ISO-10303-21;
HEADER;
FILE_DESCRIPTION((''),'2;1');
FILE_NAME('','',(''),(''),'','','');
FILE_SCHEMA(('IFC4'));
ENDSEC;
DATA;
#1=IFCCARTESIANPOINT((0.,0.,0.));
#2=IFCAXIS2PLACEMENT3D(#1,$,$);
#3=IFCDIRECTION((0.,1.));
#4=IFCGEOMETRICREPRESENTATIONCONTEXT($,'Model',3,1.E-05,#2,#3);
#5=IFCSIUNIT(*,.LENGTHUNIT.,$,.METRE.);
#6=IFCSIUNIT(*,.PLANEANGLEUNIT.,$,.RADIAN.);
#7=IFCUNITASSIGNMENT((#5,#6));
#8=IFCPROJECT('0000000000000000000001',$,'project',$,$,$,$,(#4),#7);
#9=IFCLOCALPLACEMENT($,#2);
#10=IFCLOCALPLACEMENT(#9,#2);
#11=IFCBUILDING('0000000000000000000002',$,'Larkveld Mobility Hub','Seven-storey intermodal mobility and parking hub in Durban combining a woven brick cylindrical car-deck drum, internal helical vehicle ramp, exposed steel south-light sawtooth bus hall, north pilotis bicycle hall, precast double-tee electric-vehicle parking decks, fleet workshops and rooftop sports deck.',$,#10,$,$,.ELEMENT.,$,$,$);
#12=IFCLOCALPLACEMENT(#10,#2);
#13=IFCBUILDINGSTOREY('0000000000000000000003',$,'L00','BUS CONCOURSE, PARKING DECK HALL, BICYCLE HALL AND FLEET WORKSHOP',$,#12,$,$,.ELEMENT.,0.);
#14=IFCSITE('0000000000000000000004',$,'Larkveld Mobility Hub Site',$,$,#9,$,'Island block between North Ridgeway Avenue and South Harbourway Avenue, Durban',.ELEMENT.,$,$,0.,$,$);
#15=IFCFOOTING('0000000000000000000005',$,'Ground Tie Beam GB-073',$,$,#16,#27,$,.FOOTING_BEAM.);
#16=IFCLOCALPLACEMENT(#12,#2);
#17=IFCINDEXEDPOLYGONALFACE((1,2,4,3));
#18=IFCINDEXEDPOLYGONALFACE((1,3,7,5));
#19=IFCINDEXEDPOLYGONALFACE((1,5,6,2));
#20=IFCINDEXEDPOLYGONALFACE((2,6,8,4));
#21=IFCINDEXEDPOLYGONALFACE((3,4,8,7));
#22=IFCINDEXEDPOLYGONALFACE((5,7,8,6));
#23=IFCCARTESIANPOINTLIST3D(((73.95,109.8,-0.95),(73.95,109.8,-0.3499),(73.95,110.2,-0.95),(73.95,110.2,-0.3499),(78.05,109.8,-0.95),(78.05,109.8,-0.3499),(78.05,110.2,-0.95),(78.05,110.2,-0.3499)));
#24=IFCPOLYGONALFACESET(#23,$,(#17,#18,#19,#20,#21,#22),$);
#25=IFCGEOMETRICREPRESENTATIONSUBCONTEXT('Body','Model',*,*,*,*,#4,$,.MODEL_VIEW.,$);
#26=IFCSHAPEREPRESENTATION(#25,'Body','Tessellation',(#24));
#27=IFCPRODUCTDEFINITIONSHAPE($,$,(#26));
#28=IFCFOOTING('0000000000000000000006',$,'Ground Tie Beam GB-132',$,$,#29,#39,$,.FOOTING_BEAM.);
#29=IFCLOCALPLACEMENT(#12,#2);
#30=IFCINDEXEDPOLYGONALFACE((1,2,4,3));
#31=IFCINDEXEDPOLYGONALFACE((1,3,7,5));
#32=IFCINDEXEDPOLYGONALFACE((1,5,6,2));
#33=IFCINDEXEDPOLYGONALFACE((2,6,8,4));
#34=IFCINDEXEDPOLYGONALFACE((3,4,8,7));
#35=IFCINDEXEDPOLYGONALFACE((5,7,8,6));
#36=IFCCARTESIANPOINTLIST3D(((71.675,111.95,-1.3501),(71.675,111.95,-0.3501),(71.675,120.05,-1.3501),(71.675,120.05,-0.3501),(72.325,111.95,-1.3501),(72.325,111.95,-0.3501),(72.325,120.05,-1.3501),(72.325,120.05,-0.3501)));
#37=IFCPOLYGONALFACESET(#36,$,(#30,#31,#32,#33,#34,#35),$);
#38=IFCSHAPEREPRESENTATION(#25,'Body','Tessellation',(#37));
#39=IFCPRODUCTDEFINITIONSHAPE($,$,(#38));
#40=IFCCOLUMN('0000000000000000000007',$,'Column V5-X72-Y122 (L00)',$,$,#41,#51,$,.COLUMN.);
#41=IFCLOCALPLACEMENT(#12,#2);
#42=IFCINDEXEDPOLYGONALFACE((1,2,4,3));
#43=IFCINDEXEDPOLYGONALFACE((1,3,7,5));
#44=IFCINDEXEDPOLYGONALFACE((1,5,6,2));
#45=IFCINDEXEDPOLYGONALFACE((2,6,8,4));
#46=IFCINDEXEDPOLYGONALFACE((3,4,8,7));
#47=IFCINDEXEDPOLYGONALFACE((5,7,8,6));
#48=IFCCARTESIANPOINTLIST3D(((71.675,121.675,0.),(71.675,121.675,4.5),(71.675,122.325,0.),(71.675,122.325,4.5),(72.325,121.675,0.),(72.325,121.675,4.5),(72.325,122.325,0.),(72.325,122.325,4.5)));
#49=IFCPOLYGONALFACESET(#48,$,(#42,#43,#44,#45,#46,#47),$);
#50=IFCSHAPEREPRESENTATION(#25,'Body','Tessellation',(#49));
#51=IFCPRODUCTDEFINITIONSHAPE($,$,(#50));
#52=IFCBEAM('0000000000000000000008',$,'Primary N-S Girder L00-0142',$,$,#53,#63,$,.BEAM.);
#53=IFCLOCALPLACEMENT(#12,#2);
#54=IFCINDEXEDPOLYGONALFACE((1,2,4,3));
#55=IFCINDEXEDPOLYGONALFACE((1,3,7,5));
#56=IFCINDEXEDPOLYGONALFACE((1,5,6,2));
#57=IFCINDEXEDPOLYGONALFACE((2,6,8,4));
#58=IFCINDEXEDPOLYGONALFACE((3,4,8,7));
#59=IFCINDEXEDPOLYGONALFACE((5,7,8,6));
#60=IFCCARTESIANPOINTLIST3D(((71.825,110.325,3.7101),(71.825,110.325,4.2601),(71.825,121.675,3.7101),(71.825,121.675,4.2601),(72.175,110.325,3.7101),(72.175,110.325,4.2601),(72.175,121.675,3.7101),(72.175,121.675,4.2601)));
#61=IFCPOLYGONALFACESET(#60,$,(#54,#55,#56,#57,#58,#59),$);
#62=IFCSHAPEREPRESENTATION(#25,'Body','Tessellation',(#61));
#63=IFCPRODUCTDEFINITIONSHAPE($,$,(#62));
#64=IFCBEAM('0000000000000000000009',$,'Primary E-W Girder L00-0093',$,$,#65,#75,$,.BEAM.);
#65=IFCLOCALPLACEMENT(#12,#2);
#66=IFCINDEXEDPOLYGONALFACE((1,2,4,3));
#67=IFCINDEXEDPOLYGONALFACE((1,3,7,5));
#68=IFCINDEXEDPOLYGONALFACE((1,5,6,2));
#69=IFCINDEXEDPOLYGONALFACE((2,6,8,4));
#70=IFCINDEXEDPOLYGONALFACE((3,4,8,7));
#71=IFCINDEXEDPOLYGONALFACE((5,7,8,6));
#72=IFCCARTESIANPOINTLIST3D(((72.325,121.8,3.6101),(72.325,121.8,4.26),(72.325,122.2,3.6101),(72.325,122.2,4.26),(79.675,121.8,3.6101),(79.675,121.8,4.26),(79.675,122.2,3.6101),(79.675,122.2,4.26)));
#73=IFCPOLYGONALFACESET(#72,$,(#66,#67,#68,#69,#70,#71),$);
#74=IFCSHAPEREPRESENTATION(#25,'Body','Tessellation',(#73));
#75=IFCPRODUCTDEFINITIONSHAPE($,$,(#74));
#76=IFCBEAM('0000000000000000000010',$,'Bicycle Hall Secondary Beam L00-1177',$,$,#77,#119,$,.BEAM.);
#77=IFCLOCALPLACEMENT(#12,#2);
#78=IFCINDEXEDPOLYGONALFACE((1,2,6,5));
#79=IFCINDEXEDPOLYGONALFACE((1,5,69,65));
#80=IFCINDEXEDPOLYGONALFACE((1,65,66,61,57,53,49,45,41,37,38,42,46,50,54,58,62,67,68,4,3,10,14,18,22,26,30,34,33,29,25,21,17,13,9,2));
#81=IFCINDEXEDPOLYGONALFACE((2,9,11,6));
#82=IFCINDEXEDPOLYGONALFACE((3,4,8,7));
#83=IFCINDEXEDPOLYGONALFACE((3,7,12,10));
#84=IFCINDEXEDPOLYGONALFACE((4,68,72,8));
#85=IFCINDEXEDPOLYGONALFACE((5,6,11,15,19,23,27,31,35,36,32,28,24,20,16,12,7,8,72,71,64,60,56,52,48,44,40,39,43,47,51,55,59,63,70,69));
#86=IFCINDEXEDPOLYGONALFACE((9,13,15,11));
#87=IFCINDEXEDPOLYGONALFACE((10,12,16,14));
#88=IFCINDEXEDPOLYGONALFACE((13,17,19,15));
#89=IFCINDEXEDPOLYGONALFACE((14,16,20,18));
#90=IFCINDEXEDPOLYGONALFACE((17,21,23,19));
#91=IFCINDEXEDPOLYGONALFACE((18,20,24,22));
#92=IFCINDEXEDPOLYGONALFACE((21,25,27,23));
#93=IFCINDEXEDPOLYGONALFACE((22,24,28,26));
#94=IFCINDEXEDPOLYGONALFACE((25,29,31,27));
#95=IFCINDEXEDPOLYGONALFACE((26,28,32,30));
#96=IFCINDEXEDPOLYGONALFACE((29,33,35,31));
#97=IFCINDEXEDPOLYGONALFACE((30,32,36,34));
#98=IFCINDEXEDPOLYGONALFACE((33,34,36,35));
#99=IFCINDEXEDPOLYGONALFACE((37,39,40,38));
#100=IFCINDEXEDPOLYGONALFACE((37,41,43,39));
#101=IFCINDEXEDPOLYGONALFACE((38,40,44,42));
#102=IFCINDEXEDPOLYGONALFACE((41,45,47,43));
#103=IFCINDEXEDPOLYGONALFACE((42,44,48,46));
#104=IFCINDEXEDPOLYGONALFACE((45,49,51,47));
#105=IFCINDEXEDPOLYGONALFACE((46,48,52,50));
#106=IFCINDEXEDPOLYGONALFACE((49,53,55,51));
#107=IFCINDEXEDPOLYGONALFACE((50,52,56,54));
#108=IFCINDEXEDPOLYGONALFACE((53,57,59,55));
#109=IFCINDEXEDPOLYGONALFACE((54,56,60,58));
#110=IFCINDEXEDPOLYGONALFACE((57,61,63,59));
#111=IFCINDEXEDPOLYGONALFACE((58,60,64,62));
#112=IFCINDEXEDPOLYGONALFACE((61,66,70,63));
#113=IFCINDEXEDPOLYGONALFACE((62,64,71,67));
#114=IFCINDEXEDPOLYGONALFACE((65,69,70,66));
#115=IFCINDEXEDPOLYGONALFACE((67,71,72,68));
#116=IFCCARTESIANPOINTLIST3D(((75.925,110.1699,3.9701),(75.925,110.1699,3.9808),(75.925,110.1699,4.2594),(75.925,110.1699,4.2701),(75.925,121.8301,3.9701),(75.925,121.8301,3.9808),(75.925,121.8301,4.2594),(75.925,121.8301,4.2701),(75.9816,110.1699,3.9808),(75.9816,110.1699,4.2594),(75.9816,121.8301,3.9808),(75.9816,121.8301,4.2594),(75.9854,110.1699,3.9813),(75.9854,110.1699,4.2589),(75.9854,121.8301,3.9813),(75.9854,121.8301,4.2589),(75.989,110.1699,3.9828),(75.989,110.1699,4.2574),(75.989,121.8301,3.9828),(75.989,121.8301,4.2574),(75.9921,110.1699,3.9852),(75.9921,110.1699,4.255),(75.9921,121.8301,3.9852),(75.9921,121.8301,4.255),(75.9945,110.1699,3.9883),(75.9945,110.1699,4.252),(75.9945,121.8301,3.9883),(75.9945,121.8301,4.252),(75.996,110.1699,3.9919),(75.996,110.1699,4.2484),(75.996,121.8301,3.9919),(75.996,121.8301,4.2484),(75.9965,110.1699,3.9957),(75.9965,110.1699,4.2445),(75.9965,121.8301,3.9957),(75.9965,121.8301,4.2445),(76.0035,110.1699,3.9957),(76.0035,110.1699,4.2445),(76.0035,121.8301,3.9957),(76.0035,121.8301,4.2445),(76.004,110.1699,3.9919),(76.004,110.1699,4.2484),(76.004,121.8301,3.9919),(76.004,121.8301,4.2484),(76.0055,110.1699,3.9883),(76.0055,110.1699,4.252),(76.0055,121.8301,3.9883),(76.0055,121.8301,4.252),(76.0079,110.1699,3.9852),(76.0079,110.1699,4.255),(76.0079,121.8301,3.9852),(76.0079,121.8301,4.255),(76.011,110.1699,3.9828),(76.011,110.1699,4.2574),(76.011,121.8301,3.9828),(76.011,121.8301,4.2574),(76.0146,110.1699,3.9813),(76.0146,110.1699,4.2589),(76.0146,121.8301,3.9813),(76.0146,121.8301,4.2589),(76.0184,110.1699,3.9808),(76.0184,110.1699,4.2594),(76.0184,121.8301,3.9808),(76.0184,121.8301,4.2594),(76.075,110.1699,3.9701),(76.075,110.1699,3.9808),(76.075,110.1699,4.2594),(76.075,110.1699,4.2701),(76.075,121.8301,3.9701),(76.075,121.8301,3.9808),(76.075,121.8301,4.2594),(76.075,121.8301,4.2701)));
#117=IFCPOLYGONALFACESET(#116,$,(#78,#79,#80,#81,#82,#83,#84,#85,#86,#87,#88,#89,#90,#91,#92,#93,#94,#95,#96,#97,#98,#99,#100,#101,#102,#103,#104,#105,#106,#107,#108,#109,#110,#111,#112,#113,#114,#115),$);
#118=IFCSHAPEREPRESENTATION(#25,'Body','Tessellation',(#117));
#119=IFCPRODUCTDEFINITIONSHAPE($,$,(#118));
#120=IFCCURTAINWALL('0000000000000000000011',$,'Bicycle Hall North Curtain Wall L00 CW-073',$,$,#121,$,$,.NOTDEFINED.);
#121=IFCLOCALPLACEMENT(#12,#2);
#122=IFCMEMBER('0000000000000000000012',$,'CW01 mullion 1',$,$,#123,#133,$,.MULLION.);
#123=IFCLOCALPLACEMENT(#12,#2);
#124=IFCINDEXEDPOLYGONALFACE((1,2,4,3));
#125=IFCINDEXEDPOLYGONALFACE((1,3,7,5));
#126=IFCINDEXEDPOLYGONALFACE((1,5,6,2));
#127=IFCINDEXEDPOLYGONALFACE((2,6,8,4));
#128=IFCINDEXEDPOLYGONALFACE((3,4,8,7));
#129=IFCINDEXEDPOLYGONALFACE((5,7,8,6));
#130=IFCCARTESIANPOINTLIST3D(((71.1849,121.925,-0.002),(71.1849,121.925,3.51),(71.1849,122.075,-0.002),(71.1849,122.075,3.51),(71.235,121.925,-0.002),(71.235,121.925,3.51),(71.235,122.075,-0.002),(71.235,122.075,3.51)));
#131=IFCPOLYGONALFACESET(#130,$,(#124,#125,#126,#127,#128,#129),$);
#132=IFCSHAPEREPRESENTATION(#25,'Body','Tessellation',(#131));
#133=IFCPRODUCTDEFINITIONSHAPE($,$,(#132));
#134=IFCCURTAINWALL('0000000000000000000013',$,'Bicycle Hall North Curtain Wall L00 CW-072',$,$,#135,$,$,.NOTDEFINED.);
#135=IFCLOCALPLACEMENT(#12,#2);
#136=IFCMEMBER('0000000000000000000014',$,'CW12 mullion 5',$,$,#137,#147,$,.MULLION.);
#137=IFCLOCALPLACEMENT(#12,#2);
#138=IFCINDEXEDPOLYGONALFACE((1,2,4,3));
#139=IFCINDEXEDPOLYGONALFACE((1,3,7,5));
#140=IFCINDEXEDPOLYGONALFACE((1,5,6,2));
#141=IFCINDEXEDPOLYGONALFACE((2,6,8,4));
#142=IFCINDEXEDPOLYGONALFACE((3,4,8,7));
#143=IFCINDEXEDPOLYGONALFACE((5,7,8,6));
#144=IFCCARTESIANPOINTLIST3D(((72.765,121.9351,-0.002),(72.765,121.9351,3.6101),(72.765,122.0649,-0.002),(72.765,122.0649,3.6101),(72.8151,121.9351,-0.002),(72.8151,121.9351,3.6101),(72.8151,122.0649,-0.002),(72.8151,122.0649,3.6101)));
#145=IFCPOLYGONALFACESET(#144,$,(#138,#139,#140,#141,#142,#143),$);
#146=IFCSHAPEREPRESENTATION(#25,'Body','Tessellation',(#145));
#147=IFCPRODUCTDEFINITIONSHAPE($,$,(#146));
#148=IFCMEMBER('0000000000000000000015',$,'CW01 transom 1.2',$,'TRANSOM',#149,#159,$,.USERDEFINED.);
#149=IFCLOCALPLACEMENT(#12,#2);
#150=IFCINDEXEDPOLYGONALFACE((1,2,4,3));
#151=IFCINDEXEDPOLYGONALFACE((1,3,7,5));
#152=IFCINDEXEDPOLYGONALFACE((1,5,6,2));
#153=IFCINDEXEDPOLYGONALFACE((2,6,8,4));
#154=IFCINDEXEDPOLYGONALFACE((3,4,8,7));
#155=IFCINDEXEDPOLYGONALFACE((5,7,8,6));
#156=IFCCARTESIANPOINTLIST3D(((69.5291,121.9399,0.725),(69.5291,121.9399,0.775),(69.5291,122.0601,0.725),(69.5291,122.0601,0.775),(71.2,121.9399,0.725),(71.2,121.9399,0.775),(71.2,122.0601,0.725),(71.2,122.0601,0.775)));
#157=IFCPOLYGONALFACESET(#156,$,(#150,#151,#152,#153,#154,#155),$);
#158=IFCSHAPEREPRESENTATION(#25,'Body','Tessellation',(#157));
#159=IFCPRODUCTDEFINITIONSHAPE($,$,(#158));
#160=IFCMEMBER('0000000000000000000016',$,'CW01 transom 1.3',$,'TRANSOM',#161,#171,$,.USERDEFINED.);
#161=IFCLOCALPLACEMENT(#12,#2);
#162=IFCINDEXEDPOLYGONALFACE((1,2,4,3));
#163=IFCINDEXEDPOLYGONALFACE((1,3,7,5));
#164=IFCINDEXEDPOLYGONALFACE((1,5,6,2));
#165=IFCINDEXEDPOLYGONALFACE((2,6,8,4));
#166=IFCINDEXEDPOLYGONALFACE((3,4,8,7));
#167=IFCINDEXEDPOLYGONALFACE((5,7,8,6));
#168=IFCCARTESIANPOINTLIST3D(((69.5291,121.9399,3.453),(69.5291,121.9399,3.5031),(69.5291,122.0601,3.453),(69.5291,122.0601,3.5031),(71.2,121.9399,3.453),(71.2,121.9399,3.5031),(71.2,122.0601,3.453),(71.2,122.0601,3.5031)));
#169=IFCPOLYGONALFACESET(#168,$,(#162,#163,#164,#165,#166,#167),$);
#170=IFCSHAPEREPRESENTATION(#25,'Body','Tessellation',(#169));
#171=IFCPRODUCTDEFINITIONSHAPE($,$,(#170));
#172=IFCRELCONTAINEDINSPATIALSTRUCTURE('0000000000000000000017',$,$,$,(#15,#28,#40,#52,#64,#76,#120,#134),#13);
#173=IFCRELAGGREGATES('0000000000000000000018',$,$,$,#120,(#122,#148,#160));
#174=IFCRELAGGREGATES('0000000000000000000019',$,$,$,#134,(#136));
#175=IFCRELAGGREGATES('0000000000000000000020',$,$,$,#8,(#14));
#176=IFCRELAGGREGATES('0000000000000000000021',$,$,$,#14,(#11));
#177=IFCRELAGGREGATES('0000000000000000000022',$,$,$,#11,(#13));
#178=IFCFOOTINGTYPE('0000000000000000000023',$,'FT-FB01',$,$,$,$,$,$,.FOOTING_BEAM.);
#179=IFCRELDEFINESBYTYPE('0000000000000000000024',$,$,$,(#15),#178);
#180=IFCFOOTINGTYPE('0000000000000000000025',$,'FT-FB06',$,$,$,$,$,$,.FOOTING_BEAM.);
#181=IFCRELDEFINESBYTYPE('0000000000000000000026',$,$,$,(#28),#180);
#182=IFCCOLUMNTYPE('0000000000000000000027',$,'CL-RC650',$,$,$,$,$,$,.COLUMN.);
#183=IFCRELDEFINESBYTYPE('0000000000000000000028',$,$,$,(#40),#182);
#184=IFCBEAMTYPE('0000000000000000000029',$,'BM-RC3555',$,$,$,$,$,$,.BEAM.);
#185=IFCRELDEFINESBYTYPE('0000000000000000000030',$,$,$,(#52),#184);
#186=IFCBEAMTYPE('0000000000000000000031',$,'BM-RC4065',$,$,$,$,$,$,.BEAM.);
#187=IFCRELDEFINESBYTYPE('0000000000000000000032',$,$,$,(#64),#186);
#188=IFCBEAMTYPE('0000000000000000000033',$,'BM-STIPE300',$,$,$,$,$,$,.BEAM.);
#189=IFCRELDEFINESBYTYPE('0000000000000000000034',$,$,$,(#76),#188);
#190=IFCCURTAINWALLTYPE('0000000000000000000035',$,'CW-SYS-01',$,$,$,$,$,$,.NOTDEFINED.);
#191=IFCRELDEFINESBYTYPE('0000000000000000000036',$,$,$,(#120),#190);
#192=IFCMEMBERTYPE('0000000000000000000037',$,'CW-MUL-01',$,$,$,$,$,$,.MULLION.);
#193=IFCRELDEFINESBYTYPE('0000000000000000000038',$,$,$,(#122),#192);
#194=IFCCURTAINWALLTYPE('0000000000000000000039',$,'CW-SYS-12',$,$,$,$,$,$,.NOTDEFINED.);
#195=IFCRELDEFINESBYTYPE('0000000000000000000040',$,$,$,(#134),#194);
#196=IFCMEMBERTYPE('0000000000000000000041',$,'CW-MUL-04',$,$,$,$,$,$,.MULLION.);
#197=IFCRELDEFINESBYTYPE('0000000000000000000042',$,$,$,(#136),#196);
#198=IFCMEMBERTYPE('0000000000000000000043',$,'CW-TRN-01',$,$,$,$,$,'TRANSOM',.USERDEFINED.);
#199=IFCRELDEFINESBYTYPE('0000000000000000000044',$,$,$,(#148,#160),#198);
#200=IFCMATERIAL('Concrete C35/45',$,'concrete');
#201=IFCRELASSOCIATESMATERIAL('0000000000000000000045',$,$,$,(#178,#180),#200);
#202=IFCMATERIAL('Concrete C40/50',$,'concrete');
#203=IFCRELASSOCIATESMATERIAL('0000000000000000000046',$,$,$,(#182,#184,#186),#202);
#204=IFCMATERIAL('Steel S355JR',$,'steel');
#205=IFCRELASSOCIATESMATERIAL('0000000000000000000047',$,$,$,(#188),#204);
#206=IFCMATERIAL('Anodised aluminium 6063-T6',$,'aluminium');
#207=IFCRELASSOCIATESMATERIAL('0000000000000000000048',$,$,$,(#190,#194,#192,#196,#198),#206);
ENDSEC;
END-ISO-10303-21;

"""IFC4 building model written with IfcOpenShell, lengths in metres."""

from ifc_helpers import new_model, si_unit, direction, frame, origin, origin_2d, place, context, subcontext, project, spatial, rectangle, i_section, extrude, material, material_profile, profile_set, type_object, element, aggregate, save


model = new_model("IFC4")

# Units and contexts
model_context = context("Model", 3, precision=1e-05, world=origin(), true_north=direction((0.0, 1.0)))
body_context = subcontext(model_context, "Body", "Model", "MODEL_VIEW")
ifc_project = project(units=[si_unit("LENGTHUNIT", "METRE"), si_unit("PLANEANGLEUNIT", "RADIAN")], contexts=[model_context])

# Site, building, storey
site_placement = place(None, origin())
site = spatial("IfcSite", under=ifc_project, at=site_placement, Name="Larkveld Mobility Hub Site", LongName="Island block between North Ridgeway Avenue and South Harbourway Avenue, Durban", CompositionType="ELEMENT", RefElevation=0.0)
building_placement = place(site_placement, origin())
building = spatial("IfcBuilding", under=site, at=building_placement, Name="Larkveld Mobility Hub", Description="Seven-storey intermodal mobility and parking hub in Durban combining a woven brick cylindrical car-deck drum, internal helical vehicle ramp, exposed steel south-light sawtooth bus hall, north pilotis bicycle hall, precast double-tee electric-vehicle parking decks, fleet workshops and rooftop sports deck.", CompositionType="ELEMENT")
storey_placement = place(building_placement, origin())
storey = spatial("IfcBuildingStorey", under=building, at=storey_placement, Name="L00", Description="BUS CONCOURSE, PARKING DECK HALL, BICYCLE HALL AND FLEET WORKSHOP", CompositionType="ELEMENT", Elevation=0.0)

# Footings
ifc_material_1 = material(Name="Concrete C35/45", Category="concrete")
ifc_material_profile_1 = material_profile(ifc_material_1, rectangle(XDim=0.3999, YDim=0.6001, at=origin_2d()), Name="RC BM 400x600")
ifc_profile_set_1 = profile_set([ifc_material_profile_1], Name="Concrete C35/45")
footing_type_1 = type_object("IfcFootingType", Name="FT-FB01", PredefinedType="FOOTING_BEAM", material=ifc_profile_set_1)
footing_1_placement = place(storey_placement, frame((73.95, 110.0, -0.6499), z_axis=(1.0, 0.0, 0.0), x_axis=(0.0, 1.0, 0.0)))
element("IfcFooting", 1, at=footing_1_placement, inside=storey, type_object=footing_type_1, Name="Ground Tie Beam GB-073", PredefinedType="FOOTING_BEAM", context=body_context, shape_type="SweptSolid", body=[
    extrude(rectangle(XDim=0.3999, YDim=0.6001, at=origin_2d()), origin(), (0.0, 0.0, 1.0), 4.1001),
])
ifc_material_profile_2 = material_profile(ifc_material_1, rectangle(XDim=0.6499, YDim=1.0, at=origin_2d()), Name="RC BM 650x1000")
ifc_profile_set_2 = profile_set([ifc_material_profile_2], Name="Concrete C35/45")
footing_type_2 = type_object("IfcFootingType", Name="FT-FB06", PredefinedType="FOOTING_BEAM", material=ifc_profile_set_2)
footing_2_placement = place(storey_placement, frame((72.0, 111.95, -0.8501), z_axis=(0.0, 1.0, 0.0), x_axis=(-1.0, 0.0, 0.0)))
element("IfcFooting", 2, at=footing_2_placement, inside=storey, type_object=footing_type_2, Name="Ground Tie Beam GB-132", PredefinedType="FOOTING_BEAM", context=body_context, shape_type="SweptSolid", body=[
    extrude(rectangle(XDim=0.6499, YDim=1.0, at=origin_2d()), origin(), (0.0, 0.0, 1.0), 8.1001),
])

# Column
ifc_material_2 = material(Name="Concrete C40/50", Category="concrete")
ifc_material_profile_3 = material_profile(ifc_material_2, rectangle(XDim=0.6499, YDim=0.6499, at=origin_2d()), Name="RC COL 650x650")
ifc_profile_set_3 = profile_set([ifc_material_profile_3], Name="Concrete C40/50")
column_type = type_object("IfcColumnType", Name="CL-RC650", PredefinedType="COLUMN", material=ifc_profile_set_3)
column_placement = place(storey_placement, frame((72.0, 122.0, 0.0), z_axis=(0.0, 0.0, 1.0), x_axis=(1.0, 0.0, 0.0)))
element("IfcColumn", 3, at=column_placement, inside=storey, type_object=column_type, Name="Column V5-X72-Y122 (L00)", PredefinedType="COLUMN", context=body_context, shape_type="SweptSolid", body=[
    extrude(rectangle(XDim=0.6499, YDim=0.6499, at=origin_2d()), origin(), (0.0, 0.0, 1.0), 4.5),
])

# Beams
ifc_material_profile_4 = material_profile(ifc_material_2, rectangle(XDim=0.3501, YDim=0.55, at=origin_2d()), Name="RC BM 350x550")
ifc_profile_set_4 = profile_set([ifc_material_profile_4], Name="Concrete C40/50")
beam_type_1 = type_object("IfcBeamType", Name="BM-RC3555", PredefinedType="BEAM", material=ifc_profile_set_4)
beam_1_placement = place(storey_placement, frame((72.0, 110.325, 3.9851), z_axis=(0.0, 1.0, 0.0), x_axis=(-1.0, 0.0, 0.0)))
element("IfcBeam", 4, at=beam_1_placement, inside=storey, type_object=beam_type_1, Name="Primary N-S Girder L00-0142", PredefinedType="BEAM", context=body_context, shape_type="SweptSolid", body=[
    extrude(rectangle(XDim=0.3501, YDim=0.55, at=origin_2d()), origin(), (0.0, 0.0, 1.0), 11.3501),
])
ifc_material_profile_5 = material_profile(ifc_material_2, rectangle(XDim=0.3999, YDim=0.6499, at=origin_2d()), Name="RC BM 400x650")
ifc_profile_set_5 = profile_set([ifc_material_profile_5], Name="Concrete C40/50")
beam_type_2 = type_object("IfcBeamType", Name="BM-RC4065", PredefinedType="BEAM", material=ifc_profile_set_5)
beam_2_placement = place(storey_placement, frame((72.325, 122.0, 3.9351), z_axis=(1.0, 0.0, 0.0), x_axis=(0.0, 1.0, 0.0)))
element("IfcBeam", 5, at=beam_2_placement, inside=storey, type_object=beam_type_2, Name="Primary E-W Girder L00-0093", PredefinedType="BEAM", context=body_context, shape_type="SweptSolid", body=[
    extrude(rectangle(XDim=0.3999, YDim=0.6499, at=origin_2d()), origin(), (0.0, 0.0, 1.0), 7.3501),
])
ifc_material_3 = material(Name="Steel S355JR", Category="steel")
ifc_material_profile_6 = material_profile(ifc_material_3, i_section(OverallWidth=0.1499, OverallDepth=0.3, WebThickness=0.0071, FlangeThickness=0.0107, FilletRadius=0.0149, at=origin_2d()), Name="IPE 300")
ifc_profile_set_6 = profile_set([ifc_material_profile_6], Name="Steel S355JR")
beam_type_3 = type_object("IfcBeamType", Name="BM-STIPE300", PredefinedType="BEAM", material=ifc_profile_set_6)
beam_3_placement = place(storey_placement, frame((76.0, 110.1699, 4.1201), z_axis=(0.0, 1.0, 0.0), x_axis=(-1.0, 0.0, 0.0)))
element("IfcBeam", 6, at=beam_3_placement, inside=storey, type_object=beam_type_3, Name="Bicycle Hall Secondary Beam L00-1177", PredefinedType="BEAM", context=body_context, shape_type="SweptSolid", body=[
    extrude(i_section(OverallWidth=0.1499, OverallDepth=0.3, WebThickness=0.0071, FlangeThickness=0.0107, FilletRadius=0.0149, at=origin_2d()), origin(), (0.0, 0.0, 1.0), 11.6602),
])

# Curtain walls, members
ifc_material_4 = material(Name="Anodised aluminium 6063-T6", Category="aluminium")
curtain_wall_type_1 = type_object("IfcCurtainWallType", Name="CW-SYS-01", PredefinedType="NOTDEFINED", material=ifc_material_4)
curtain_wall_1_placement = place(storey_placement, origin())
curtain_wall_1 = element("IfcCurtainWall", 7, at=curtain_wall_1_placement, inside=storey, type_object=curtain_wall_type_1, Name="Bicycle Hall North Curtain Wall L00 CW-073", PredefinedType="NOTDEFINED")
ifc_material_profile_7 = material_profile(ifc_material_4, rectangle(XDim=0.05, YDim=0.1499, at=origin_2d()), Name="ALU MULL 50x150")
ifc_profile_set_7 = profile_set([ifc_material_profile_7], Name="Anodised aluminium 6063-T6")
member_type_1 = type_object("IfcMemberType", Name="CW-MUL-01", PredefinedType="MULLION", material=ifc_profile_set_7)
member_1_placement = place(storey_placement, frame((71.21, 122.0, -0.002), z_axis=(0.0, 0.0, 1.0), x_axis=(-1.0, 0.0, 0.0)))
member_1 = element("IfcMember", 8, at=member_1_placement, type_object=member_type_1, Name="CW01 mullion 1", PredefinedType="MULLION", context=body_context, shape_type="SweptSolid", body=[
    extrude(rectangle(XDim=0.05, YDim=0.1499, at=origin_2d()), origin(), (0.0, 0.0, 1.0), 3.512),
])
curtain_wall_type_2 = type_object("IfcCurtainWallType", Name="CW-SYS-12", PredefinedType="NOTDEFINED", material=ifc_material_4)
curtain_wall_2_placement = place(storey_placement, origin())
curtain_wall_2 = element("IfcCurtainWall", 9, at=curtain_wall_2_placement, inside=storey, type_object=curtain_wall_type_2, Name="Bicycle Hall North Curtain Wall L00 CW-072", PredefinedType="NOTDEFINED")
ifc_material_profile_8 = material_profile(ifc_material_4, rectangle(XDim=0.05, YDim=0.1299, at=origin_2d()), Name="ALU MULL 50x130")
ifc_profile_set_8 = profile_set([ifc_material_profile_8], Name="Anodised aluminium 6063-T6")
member_type_2 = type_object("IfcMemberType", Name="CW-MUL-04", PredefinedType="MULLION", material=ifc_profile_set_8)
member_2_placement = place(storey_placement, frame((72.79, 122.0, -0.002), z_axis=(0.0, 0.0, 1.0), x_axis=(-1.0, 0.0, 0.0)))
member_2 = element("IfcMember", 10, at=member_2_placement, type_object=member_type_2, Name="CW12 mullion 5", PredefinedType="MULLION", context=body_context, shape_type="SweptSolid", body=[
    extrude(rectangle(XDim=0.05, YDim=0.1299, at=origin_2d()), origin(), (0.0, 0.0, 1.0), 3.6121),
])

# Members
ifc_material_profile_9 = material_profile(ifc_material_4, rectangle(XDim=0.1201, YDim=0.05, at=origin_2d()), Name="ALU TRAN 50x120")
ifc_profile_set_9 = profile_set([ifc_material_profile_9], Name="Anodised aluminium 6063-T6")
member_type_3 = type_object("IfcMemberType", Name="CW-TRN-01", ElementType="TRANSOM", PredefinedType="USERDEFINED", material=ifc_profile_set_9)
member_3_placement = place(storey_placement, frame((71.2, 122.0, 0.75), z_axis=(-1.0, 0.0, 0.0), x_axis=(0.0, -1.0, 0.0)))
member_3 = element("IfcMember", 11, at=member_3_placement, type_object=member_type_3, Name="CW01 transom 1.2", ObjectType="TRANSOM", PredefinedType="USERDEFINED", context=body_context, shape_type="SweptSolid", body=[
    extrude(rectangle(XDim=0.1201, YDim=0.05, at=origin_2d()), origin(), (0.0, 0.0, 1.0), 1.6709),
])
member_4_placement = place(storey_placement, frame((71.2, 122.0, 3.478), z_axis=(-1.0, 0.0, 0.0), x_axis=(0.0, -1.0, 0.0)))
member_4 = element("IfcMember", 12, at=member_4_placement, type_object=member_type_3, Name="CW01 transom 1.3", ObjectType="TRANSOM", PredefinedType="USERDEFINED", context=body_context, shape_type="SweptSolid", body=[
    extrude(rectangle(XDim=0.1201, YDim=0.05, at=origin_2d()), origin(), (0.0, 0.0, 1.0), 1.6709),
])
aggregate(curtain_wall_1, [member_1, member_3, member_4])

aggregate(curtain_wall_2, [member_2])

save(model, "model.ifc")
